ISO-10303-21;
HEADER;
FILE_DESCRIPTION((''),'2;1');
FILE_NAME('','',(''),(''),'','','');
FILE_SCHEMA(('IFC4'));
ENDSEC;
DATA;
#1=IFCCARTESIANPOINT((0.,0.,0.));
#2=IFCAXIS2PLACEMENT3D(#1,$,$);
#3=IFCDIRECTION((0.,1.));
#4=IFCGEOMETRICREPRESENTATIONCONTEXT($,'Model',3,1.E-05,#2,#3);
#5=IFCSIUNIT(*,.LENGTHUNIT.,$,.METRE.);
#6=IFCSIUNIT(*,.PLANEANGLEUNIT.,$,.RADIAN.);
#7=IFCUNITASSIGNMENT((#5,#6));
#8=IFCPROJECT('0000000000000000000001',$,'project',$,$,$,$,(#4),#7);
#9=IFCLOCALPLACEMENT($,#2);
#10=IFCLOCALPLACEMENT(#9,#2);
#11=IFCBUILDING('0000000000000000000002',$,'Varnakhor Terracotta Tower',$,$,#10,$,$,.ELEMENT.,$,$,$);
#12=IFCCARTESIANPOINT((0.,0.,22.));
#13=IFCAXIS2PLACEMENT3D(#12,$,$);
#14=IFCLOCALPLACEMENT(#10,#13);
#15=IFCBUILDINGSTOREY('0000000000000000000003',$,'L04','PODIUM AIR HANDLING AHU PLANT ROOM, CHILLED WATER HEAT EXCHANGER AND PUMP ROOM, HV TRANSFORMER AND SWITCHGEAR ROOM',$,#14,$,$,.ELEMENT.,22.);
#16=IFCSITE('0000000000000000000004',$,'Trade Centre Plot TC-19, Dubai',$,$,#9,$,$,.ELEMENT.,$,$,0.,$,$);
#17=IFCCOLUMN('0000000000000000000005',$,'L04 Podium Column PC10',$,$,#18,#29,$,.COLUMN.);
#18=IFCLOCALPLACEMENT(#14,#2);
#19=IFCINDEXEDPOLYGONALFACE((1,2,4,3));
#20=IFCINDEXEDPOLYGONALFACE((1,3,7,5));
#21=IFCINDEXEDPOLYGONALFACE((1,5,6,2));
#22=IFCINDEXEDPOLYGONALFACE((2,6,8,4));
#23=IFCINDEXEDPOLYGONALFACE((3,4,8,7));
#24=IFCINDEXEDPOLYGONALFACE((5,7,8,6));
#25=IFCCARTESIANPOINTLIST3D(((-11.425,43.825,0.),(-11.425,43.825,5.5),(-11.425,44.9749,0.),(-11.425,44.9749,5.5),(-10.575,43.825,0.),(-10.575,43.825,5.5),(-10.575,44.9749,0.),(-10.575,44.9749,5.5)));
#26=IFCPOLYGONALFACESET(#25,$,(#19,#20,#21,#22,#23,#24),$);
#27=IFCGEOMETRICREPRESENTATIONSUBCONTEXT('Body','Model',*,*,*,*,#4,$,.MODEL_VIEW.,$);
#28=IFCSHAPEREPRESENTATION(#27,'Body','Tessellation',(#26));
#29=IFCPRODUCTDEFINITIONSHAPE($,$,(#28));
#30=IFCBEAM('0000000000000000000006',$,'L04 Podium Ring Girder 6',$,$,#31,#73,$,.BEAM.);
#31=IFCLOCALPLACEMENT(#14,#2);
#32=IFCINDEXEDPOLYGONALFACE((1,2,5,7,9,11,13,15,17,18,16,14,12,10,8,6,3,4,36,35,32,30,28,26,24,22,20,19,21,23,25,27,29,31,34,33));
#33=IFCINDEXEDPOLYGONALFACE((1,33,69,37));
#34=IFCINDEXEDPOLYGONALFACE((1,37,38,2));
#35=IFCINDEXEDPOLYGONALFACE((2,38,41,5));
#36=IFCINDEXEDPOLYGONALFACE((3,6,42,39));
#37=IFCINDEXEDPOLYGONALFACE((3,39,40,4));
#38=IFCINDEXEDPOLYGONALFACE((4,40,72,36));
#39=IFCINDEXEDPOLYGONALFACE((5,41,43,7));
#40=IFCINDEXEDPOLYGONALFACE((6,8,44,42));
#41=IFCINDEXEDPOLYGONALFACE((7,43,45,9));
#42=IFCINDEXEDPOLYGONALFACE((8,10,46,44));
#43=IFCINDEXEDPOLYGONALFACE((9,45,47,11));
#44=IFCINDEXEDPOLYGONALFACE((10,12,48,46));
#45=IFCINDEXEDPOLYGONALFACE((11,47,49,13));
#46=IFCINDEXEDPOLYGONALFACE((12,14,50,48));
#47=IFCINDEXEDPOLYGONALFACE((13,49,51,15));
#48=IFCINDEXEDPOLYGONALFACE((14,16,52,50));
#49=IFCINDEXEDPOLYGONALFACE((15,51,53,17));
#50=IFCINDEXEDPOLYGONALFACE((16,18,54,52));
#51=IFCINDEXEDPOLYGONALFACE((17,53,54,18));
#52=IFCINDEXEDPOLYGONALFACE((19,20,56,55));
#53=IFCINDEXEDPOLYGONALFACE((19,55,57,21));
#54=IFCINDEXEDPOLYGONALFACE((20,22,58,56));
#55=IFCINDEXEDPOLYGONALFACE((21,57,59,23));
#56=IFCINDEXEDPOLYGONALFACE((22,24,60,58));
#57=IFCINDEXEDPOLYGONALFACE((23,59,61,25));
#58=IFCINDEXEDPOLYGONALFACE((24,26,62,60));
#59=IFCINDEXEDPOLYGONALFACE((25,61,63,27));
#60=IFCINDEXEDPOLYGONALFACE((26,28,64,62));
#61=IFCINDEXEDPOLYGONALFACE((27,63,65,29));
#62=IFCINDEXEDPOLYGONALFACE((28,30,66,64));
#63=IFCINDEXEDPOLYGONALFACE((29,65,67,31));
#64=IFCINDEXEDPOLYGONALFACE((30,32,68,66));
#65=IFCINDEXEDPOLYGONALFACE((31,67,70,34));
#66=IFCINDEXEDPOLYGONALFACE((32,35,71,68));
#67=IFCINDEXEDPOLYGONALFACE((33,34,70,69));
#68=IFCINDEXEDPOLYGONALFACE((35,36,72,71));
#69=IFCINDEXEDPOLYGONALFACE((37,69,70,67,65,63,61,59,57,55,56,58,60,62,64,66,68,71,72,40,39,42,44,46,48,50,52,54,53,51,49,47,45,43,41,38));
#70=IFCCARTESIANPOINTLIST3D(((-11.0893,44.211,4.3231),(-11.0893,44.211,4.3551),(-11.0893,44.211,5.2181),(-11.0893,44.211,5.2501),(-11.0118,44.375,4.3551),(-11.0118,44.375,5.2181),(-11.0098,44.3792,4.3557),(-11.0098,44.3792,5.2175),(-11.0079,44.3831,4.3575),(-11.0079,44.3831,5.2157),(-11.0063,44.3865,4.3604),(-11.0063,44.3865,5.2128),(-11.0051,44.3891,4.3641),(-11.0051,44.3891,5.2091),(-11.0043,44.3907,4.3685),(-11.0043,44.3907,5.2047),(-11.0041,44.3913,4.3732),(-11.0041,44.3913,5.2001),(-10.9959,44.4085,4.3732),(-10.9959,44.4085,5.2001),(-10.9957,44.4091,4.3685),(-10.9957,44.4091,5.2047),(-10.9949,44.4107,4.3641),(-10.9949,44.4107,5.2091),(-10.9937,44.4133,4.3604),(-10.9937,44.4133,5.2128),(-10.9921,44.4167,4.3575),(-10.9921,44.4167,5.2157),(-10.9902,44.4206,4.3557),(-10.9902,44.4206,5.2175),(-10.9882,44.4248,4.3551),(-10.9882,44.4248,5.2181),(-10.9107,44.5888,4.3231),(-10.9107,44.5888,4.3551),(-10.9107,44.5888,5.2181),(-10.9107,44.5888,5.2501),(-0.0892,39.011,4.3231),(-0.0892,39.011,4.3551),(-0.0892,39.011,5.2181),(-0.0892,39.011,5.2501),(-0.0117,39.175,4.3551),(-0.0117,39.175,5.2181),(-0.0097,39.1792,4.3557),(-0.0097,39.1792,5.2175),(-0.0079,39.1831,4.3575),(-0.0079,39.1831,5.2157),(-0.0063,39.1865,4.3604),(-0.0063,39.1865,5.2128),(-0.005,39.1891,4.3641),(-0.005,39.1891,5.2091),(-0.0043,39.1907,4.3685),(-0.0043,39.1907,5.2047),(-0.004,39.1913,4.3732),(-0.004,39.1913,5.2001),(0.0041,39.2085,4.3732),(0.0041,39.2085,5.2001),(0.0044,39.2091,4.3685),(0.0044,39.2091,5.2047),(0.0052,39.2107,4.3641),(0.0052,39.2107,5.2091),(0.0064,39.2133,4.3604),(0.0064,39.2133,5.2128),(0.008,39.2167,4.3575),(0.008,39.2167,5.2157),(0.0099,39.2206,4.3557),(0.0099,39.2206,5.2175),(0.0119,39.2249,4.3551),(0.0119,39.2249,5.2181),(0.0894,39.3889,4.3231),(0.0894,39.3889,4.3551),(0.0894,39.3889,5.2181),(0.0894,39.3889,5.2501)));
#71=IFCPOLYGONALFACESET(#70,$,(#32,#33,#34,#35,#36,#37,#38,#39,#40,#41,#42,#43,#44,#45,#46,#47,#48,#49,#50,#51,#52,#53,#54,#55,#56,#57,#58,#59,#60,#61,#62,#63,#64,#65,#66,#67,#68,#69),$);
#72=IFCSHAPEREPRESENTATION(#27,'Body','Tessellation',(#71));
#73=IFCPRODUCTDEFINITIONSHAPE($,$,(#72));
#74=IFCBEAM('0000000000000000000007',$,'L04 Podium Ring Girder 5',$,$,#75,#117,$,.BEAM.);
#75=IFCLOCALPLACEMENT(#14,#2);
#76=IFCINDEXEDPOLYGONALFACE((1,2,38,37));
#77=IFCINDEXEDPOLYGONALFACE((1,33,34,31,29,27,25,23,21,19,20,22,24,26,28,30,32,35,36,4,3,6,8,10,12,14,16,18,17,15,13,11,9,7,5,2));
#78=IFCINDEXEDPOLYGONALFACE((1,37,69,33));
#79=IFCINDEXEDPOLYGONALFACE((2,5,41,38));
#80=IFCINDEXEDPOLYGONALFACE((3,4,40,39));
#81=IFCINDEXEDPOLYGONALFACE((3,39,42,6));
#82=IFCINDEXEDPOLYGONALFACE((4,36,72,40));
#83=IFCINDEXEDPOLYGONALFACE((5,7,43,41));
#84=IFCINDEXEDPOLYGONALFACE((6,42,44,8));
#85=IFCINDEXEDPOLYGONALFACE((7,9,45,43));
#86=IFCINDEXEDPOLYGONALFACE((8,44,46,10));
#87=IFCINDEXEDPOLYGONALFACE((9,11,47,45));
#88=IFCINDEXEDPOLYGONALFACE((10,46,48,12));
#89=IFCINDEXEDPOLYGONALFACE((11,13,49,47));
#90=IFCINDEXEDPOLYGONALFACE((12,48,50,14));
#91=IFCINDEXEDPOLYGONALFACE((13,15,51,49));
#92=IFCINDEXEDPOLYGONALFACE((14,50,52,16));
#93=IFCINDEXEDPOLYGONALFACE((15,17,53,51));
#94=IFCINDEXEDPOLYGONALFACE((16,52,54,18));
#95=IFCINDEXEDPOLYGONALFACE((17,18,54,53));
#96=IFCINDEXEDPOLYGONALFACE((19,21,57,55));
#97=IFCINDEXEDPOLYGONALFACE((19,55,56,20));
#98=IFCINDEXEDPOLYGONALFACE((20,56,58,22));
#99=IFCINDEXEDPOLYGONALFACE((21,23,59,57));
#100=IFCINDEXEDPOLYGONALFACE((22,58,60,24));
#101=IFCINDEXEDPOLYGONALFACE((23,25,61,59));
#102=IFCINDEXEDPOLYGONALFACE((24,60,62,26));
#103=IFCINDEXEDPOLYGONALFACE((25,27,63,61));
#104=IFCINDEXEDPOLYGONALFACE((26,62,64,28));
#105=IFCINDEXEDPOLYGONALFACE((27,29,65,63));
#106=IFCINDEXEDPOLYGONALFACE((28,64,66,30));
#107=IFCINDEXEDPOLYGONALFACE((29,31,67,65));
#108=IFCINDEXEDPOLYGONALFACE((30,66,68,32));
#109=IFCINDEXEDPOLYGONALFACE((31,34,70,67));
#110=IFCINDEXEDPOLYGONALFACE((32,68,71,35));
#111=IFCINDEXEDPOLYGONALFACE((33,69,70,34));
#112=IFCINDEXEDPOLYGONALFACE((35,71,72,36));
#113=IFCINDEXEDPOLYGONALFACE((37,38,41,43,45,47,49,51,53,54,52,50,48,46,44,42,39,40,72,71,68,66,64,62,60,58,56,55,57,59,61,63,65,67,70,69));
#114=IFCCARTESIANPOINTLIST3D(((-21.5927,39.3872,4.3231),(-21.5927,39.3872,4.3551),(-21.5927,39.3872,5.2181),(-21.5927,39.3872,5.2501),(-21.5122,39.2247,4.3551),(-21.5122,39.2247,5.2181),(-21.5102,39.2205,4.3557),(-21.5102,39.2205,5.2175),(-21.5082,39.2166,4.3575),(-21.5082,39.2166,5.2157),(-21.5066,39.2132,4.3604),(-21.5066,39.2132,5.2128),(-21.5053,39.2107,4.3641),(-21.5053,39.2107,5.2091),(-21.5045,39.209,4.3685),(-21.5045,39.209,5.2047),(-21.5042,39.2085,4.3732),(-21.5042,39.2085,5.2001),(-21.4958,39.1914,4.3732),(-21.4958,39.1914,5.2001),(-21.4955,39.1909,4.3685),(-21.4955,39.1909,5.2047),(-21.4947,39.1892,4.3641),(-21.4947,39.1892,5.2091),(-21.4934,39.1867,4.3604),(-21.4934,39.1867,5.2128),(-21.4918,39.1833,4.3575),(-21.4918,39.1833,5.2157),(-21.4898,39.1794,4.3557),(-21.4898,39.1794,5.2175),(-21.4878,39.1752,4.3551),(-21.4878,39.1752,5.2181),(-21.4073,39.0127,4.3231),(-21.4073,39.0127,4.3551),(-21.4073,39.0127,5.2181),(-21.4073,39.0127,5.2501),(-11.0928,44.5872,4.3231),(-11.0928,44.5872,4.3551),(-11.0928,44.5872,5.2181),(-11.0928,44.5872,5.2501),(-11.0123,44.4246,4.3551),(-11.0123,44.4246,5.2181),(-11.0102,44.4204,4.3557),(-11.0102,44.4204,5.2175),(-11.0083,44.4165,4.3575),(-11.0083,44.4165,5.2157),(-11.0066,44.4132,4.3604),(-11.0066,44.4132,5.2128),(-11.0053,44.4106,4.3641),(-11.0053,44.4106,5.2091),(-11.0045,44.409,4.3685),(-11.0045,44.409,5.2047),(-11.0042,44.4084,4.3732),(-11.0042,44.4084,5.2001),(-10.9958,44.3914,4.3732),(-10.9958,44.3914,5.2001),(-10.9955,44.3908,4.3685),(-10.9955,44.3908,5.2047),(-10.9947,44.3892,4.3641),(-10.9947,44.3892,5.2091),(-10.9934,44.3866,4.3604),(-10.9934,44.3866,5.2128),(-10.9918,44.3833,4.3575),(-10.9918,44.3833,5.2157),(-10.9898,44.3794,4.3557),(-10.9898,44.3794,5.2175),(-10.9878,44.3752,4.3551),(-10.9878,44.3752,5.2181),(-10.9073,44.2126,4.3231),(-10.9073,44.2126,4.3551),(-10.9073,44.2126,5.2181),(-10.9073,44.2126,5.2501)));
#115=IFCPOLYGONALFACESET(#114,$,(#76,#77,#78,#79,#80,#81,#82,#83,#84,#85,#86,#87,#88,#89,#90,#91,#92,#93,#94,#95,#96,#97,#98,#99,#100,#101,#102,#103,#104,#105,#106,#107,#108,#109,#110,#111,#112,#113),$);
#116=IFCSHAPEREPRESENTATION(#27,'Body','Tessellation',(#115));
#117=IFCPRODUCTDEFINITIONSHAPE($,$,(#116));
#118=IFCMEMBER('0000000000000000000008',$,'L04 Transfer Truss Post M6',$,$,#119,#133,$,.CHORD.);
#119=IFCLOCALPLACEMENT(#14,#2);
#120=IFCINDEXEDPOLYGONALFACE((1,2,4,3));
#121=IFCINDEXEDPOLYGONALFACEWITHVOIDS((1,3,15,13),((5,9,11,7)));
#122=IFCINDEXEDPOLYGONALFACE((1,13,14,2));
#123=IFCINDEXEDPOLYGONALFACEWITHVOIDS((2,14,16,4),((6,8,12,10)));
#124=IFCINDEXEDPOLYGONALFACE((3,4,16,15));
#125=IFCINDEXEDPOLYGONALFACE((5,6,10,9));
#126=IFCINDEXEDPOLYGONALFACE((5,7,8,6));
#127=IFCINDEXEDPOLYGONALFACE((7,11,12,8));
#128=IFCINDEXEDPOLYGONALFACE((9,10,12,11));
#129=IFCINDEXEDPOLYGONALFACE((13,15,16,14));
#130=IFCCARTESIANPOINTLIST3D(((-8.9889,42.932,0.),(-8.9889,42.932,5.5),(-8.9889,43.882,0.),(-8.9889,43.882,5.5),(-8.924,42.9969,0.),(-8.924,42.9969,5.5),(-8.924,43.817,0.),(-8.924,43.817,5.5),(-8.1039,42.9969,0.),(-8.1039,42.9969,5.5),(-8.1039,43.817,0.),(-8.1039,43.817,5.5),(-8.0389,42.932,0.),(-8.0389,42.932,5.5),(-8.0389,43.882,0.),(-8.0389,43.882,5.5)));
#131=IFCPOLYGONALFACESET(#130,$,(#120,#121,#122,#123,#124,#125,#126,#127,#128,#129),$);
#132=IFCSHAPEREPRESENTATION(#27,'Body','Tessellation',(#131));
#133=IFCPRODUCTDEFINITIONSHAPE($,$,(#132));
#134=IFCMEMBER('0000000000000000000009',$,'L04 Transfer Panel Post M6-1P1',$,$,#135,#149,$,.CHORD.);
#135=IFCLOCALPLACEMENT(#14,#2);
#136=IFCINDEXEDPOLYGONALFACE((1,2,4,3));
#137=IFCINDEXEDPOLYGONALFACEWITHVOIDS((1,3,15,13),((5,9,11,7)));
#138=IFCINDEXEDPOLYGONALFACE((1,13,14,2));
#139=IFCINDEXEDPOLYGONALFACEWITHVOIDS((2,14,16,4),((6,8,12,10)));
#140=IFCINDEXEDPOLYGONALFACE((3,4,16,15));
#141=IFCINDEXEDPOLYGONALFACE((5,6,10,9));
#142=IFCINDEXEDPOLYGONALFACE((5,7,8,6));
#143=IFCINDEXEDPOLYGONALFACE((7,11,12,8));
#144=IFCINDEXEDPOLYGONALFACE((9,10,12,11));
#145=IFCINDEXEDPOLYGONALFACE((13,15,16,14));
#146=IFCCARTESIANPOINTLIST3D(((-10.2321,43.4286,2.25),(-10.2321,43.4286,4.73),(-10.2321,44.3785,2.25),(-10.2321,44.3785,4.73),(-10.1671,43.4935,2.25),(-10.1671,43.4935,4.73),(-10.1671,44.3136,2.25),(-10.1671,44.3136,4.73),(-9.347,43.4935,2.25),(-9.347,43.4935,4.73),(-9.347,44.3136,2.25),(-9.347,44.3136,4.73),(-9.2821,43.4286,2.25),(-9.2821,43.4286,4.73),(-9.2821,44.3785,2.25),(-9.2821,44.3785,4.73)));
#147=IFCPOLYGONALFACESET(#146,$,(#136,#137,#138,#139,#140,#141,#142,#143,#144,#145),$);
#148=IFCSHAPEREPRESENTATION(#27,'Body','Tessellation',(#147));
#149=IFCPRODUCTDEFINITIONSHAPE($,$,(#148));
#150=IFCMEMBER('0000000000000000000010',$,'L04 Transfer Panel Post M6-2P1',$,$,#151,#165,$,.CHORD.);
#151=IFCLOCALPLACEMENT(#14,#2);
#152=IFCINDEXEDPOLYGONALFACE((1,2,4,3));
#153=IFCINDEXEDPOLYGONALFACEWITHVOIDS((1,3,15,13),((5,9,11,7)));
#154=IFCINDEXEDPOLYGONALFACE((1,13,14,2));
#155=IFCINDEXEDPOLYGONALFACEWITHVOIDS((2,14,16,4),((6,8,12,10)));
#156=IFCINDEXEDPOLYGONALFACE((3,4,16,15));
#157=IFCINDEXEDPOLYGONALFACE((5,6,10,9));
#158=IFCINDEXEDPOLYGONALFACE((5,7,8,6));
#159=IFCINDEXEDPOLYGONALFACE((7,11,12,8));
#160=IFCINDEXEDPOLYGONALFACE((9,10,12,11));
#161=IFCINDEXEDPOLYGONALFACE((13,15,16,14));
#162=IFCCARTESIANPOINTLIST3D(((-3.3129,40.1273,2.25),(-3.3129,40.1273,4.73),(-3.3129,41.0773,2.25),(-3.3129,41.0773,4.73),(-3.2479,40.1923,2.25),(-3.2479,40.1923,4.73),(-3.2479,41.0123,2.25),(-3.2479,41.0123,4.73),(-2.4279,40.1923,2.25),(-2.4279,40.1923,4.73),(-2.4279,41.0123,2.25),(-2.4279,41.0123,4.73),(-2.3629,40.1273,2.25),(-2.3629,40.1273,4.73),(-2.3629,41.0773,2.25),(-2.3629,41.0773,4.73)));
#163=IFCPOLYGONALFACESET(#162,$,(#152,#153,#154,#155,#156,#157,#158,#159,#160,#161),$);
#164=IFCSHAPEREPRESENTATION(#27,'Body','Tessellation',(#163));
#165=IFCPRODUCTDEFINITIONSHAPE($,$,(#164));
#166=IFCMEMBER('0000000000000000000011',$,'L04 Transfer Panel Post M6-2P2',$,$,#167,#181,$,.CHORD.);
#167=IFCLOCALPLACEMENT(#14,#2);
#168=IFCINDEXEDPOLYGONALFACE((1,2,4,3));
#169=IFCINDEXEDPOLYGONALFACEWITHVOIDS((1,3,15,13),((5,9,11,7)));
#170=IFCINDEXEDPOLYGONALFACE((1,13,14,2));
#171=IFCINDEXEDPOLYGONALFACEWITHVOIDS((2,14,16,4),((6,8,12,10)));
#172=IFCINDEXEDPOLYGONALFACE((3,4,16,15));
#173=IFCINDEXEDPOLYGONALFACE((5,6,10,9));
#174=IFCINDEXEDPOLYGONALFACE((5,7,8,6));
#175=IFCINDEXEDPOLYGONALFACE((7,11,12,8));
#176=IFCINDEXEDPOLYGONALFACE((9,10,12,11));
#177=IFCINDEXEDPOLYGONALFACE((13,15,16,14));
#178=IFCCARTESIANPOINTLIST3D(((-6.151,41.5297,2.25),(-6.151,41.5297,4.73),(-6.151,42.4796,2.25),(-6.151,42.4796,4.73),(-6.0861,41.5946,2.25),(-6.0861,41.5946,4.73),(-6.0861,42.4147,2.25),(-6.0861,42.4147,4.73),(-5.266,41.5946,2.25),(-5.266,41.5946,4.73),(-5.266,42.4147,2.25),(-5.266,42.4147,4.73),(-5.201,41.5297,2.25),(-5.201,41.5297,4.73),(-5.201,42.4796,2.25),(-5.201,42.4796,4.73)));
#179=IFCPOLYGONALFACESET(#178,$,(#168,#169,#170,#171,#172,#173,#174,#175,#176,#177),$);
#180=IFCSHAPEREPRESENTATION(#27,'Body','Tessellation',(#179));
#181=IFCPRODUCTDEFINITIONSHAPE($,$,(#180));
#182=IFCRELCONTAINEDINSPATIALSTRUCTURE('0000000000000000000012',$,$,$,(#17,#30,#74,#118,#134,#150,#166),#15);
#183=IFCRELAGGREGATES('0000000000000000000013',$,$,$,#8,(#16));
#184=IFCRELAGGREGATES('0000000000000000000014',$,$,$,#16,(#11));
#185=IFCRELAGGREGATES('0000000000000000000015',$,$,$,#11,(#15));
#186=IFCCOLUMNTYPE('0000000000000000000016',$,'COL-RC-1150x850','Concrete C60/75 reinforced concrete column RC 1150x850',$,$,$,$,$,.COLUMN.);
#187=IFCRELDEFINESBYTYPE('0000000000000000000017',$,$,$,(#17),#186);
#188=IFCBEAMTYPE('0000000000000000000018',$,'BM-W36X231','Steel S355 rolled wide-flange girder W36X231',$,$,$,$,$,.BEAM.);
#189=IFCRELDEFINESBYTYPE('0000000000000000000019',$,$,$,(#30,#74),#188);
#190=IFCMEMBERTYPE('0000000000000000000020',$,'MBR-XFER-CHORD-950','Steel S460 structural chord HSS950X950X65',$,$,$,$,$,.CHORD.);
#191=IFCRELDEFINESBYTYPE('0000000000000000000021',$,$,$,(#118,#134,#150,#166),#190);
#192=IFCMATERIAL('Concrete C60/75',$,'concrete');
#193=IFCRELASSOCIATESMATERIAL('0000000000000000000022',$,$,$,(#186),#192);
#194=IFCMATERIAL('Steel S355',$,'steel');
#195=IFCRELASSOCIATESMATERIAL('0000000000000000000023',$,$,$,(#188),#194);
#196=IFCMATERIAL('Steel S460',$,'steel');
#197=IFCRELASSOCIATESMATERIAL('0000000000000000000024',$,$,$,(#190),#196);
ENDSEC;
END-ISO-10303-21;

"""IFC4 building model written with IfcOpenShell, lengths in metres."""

from ifc_helpers import new_model, si_unit, direction, frame, origin, origin_2d, place, context, subcontext, project, spatial, rectangle, hollow_rectangle, i_section, extrude, source, transform, mapped, material, material_profile, profile_set, type_object, type_shapes, element, save


model = new_model("IFC4")

# Units and contexts
model_context = context("Model", 3, precision=1e-05, world=origin(), true_north=direction((0.0, 1.0)))
body_context = subcontext(model_context, "Body", "Model", "MODEL_VIEW")
ifc_project = project(units=[si_unit("LENGTHUNIT", "METRE"), si_unit("PLANEANGLEUNIT", "RADIAN")], contexts=[model_context])

# Site, building, storey
site_placement = place(None, origin())
site = spatial("IfcSite", under=ifc_project, at=site_placement, Name="Trade Centre Plot TC-19, Dubai", CompositionType="ELEMENT", RefElevation=0.0)
building_placement = place(site_placement, origin())
building = spatial("IfcBuilding", under=site, at=building_placement, Name="Varnakhor Terracotta Tower", CompositionType="ELEMENT")
storey_placement = place(building_placement, frame((0.0, 0.0, 22.0)))
storey = spatial("IfcBuildingStorey", under=building, at=storey_placement, Name="L04", Description="PODIUM AIR HANDLING AHU PLANT ROOM, CHILLED WATER HEAT EXCHANGER AND PUMP ROOM, HV TRANSFORMER AND SWITCHGEAR ROOM", CompositionType="ELEMENT", Elevation=22.0)

# Column
ifc_material_1 = material(Name="Concrete C60/75", Category="concrete")
ifc_material_profile_1 = material_profile(ifc_material_1, rectangle(XDim=0.8501, YDim=1.1499, at=origin_2d()), Name="RC 1150x850")
ifc_profile_set_1 = profile_set([ifc_material_profile_1], Name="Concrete C60/75")
column_type = type_object("IfcColumnType", Name="COL-RC-1150x850", Description="Concrete C60/75 reinforced concrete column RC 1150x850", PredefinedType="COLUMN", material=ifc_profile_set_1)
shared_shape_1 = source(origin(), body_context, "Body", "SweptSolid", [
    extrude(rectangle(XDim=0.8501, YDim=1.1499, at=origin_2d()), origin(), (0.0, 0.0, 1.0), 5.5),
])
column_placement = place(storey_placement, frame((-11.0, 44.3999, 0.0), z_axis=(0.0, 0.0, 1.0), x_axis=(1.0, 0.0, 0.0)))
element("IfcColumn", 1, at=column_placement, inside=storey, type_object=column_type, Name="L04 Podium Column PC10", PredefinedType="COLUMN", context=body_context, shape_type="MappedRepresentation", body=[
    mapped(shared_shape_1, transform((0.0, 0.0, 0.0), scale=1.0)),
])

# Beams
ifc_material_2 = material(Name="Steel S355", Category="steel")
ifc_material_profile_2 = material_profile(ifc_material_2, i_section(OverallWidth=0.418, OverallDepth=0.927, WebThickness=0.019, FlangeThickness=0.032, FilletRadius=0.0181, at=origin_2d()), Name="W36X231")
ifc_profile_set_2 = profile_set([ifc_material_profile_2], Name="Steel S355")
beam_type = type_object("IfcBeamType", Name="BM-W36X231", Description="Steel S355 rolled wide-flange girder W36X231", PredefinedType="BEAM", material=ifc_profile_set_2)
shared_shape_2 = source(origin(), body_context, "Body", "SweptSolid", [
    extrude(i_section(OverallWidth=0.418, OverallDepth=0.927, WebThickness=0.019, FlangeThickness=0.032, FilletRadius=0.0181, at=origin_2d()), origin(), (0.0, 0.0, 1.0), 12.1672),
])
beam_1_placement = place(storey_placement, frame((-11.0, 44.3999, 4.7866), z_axis=(0.904074, -0.427376, 0.0), x_axis=(0.427376, 0.904074, 0.0)))
element("IfcBeam", 2, at=beam_1_placement, inside=storey, type_object=beam_type, Name="L04 Podium Ring Girder 6", PredefinedType="BEAM", context=body_context, shape_type="MappedRepresentation", body=[
    mapped(shared_shape_2, transform((0.0, 0.0, 0.0), scale=1.0)),
])
shared_shape_3 = source(origin(), body_context, "Body", "SweptSolid", [
    extrude(i_section(OverallWidth=0.418, OverallDepth=0.927, WebThickness=0.019, FlangeThickness=0.032, FilletRadius=0.0181, at=origin_2d()), origin(), (0.0, 0.0, 1.0), 11.717),
])
beam_2_placement = place(storey_placement, frame((-21.5, 39.2, 4.7866), z_axis=(0.896129, 0.443793, 0.0), x_axis=(-0.443793, 0.896129, 0.0)))
element("IfcBeam", 3, at=beam_2_placement, inside=storey, type_object=beam_type, Name="L04 Podium Ring Girder 5", PredefinedType="BEAM", context=body_context, shape_type="MappedRepresentation", body=[
    mapped(shared_shape_3, transform((0.0, 0.0, 0.0), scale=1.0)),
])

# Members
ifc_material_3 = material(Name="Steel S460", Category="steel")
ifc_material_profile_3 = material_profile(ifc_material_3, hollow_rectangle(XDim=0.95, YDim=0.95, WallThickness=0.0649, at=origin_2d()), Name="HSS950X950X65")
ifc_profile_set_3 = profile_set([ifc_material_profile_3], Name="Steel S460")
member_type_1 = type_object("IfcMemberType", Name="MBR-XFER-CHORD-950", Description="Steel S460 structural chord HSS950X950X65", PredefinedType="CHORD", material=ifc_profile_set_3)
shared_shape_4 = source(origin(), body_context, "Body", "SweptSolid", [
    extrude(hollow_rectangle(XDim=0.95, YDim=0.95, WallThickness=0.0649, at=origin_2d()), origin(), (0.0, 0.0, 1.0), 5.5),
])
type_shapes(member_type_1, [shared_shape_4])
member_1_placement = place(storey_placement, frame((-8.5139, 43.407, 0.0), z_axis=(0.0, 0.0, 1.0), x_axis=(1.0, 0.0, 0.0)))
element("IfcMember", 4, at=member_1_placement, inside=storey, type_object=member_type_1, Name="L04 Transfer Truss Post M6", PredefinedType="CHORD", context=body_context, shape_type="MappedRepresentation", body=[
    mapped(shared_shape_4, transform((0.0, 0.0, 0.0), scale=1.0)),
])
shared_shape_5 = source(origin(), body_context, "Body", "SweptSolid", [
    extrude(hollow_rectangle(XDim=0.95, YDim=0.95, WallThickness=0.0649, at=origin_2d()), origin(), (0.0, 0.0, 1.0), 2.48),
])
for number, where, z_axis, x_axis, name in (
    (5, (-9.7571, 43.9036, 2.25), (0.0, 0.0, 1.0), (1.0, 0.0, 0.0), "L04 Transfer Panel Post M6-1P1"),
    (6, (-2.8379, 40.6023, 2.25), (0.0, 0.0, 1.0), (1.0, 0.0, 0.0), "L04 Transfer Panel Post M6-2P1"),
    (7, (-5.676, 42.0046, 2.25), (0.0, 0.0, 1.0), (1.0, 0.0, 0.0), "L04 Transfer Panel Post M6-2P2"),
):
    element("IfcMember", number, at=place(storey_placement, frame(where, z_axis=z_axis, x_axis=x_axis)), inside=storey, type_object=member_type_1, Name=name, PredefinedType="CHORD", context=body_context, shape_type="MappedRepresentation", body=[
        mapped(shared_shape_5, transform((0.0, 0.0, 0.0), scale=1.0)),
    ])

save(model, "model.ifc")
